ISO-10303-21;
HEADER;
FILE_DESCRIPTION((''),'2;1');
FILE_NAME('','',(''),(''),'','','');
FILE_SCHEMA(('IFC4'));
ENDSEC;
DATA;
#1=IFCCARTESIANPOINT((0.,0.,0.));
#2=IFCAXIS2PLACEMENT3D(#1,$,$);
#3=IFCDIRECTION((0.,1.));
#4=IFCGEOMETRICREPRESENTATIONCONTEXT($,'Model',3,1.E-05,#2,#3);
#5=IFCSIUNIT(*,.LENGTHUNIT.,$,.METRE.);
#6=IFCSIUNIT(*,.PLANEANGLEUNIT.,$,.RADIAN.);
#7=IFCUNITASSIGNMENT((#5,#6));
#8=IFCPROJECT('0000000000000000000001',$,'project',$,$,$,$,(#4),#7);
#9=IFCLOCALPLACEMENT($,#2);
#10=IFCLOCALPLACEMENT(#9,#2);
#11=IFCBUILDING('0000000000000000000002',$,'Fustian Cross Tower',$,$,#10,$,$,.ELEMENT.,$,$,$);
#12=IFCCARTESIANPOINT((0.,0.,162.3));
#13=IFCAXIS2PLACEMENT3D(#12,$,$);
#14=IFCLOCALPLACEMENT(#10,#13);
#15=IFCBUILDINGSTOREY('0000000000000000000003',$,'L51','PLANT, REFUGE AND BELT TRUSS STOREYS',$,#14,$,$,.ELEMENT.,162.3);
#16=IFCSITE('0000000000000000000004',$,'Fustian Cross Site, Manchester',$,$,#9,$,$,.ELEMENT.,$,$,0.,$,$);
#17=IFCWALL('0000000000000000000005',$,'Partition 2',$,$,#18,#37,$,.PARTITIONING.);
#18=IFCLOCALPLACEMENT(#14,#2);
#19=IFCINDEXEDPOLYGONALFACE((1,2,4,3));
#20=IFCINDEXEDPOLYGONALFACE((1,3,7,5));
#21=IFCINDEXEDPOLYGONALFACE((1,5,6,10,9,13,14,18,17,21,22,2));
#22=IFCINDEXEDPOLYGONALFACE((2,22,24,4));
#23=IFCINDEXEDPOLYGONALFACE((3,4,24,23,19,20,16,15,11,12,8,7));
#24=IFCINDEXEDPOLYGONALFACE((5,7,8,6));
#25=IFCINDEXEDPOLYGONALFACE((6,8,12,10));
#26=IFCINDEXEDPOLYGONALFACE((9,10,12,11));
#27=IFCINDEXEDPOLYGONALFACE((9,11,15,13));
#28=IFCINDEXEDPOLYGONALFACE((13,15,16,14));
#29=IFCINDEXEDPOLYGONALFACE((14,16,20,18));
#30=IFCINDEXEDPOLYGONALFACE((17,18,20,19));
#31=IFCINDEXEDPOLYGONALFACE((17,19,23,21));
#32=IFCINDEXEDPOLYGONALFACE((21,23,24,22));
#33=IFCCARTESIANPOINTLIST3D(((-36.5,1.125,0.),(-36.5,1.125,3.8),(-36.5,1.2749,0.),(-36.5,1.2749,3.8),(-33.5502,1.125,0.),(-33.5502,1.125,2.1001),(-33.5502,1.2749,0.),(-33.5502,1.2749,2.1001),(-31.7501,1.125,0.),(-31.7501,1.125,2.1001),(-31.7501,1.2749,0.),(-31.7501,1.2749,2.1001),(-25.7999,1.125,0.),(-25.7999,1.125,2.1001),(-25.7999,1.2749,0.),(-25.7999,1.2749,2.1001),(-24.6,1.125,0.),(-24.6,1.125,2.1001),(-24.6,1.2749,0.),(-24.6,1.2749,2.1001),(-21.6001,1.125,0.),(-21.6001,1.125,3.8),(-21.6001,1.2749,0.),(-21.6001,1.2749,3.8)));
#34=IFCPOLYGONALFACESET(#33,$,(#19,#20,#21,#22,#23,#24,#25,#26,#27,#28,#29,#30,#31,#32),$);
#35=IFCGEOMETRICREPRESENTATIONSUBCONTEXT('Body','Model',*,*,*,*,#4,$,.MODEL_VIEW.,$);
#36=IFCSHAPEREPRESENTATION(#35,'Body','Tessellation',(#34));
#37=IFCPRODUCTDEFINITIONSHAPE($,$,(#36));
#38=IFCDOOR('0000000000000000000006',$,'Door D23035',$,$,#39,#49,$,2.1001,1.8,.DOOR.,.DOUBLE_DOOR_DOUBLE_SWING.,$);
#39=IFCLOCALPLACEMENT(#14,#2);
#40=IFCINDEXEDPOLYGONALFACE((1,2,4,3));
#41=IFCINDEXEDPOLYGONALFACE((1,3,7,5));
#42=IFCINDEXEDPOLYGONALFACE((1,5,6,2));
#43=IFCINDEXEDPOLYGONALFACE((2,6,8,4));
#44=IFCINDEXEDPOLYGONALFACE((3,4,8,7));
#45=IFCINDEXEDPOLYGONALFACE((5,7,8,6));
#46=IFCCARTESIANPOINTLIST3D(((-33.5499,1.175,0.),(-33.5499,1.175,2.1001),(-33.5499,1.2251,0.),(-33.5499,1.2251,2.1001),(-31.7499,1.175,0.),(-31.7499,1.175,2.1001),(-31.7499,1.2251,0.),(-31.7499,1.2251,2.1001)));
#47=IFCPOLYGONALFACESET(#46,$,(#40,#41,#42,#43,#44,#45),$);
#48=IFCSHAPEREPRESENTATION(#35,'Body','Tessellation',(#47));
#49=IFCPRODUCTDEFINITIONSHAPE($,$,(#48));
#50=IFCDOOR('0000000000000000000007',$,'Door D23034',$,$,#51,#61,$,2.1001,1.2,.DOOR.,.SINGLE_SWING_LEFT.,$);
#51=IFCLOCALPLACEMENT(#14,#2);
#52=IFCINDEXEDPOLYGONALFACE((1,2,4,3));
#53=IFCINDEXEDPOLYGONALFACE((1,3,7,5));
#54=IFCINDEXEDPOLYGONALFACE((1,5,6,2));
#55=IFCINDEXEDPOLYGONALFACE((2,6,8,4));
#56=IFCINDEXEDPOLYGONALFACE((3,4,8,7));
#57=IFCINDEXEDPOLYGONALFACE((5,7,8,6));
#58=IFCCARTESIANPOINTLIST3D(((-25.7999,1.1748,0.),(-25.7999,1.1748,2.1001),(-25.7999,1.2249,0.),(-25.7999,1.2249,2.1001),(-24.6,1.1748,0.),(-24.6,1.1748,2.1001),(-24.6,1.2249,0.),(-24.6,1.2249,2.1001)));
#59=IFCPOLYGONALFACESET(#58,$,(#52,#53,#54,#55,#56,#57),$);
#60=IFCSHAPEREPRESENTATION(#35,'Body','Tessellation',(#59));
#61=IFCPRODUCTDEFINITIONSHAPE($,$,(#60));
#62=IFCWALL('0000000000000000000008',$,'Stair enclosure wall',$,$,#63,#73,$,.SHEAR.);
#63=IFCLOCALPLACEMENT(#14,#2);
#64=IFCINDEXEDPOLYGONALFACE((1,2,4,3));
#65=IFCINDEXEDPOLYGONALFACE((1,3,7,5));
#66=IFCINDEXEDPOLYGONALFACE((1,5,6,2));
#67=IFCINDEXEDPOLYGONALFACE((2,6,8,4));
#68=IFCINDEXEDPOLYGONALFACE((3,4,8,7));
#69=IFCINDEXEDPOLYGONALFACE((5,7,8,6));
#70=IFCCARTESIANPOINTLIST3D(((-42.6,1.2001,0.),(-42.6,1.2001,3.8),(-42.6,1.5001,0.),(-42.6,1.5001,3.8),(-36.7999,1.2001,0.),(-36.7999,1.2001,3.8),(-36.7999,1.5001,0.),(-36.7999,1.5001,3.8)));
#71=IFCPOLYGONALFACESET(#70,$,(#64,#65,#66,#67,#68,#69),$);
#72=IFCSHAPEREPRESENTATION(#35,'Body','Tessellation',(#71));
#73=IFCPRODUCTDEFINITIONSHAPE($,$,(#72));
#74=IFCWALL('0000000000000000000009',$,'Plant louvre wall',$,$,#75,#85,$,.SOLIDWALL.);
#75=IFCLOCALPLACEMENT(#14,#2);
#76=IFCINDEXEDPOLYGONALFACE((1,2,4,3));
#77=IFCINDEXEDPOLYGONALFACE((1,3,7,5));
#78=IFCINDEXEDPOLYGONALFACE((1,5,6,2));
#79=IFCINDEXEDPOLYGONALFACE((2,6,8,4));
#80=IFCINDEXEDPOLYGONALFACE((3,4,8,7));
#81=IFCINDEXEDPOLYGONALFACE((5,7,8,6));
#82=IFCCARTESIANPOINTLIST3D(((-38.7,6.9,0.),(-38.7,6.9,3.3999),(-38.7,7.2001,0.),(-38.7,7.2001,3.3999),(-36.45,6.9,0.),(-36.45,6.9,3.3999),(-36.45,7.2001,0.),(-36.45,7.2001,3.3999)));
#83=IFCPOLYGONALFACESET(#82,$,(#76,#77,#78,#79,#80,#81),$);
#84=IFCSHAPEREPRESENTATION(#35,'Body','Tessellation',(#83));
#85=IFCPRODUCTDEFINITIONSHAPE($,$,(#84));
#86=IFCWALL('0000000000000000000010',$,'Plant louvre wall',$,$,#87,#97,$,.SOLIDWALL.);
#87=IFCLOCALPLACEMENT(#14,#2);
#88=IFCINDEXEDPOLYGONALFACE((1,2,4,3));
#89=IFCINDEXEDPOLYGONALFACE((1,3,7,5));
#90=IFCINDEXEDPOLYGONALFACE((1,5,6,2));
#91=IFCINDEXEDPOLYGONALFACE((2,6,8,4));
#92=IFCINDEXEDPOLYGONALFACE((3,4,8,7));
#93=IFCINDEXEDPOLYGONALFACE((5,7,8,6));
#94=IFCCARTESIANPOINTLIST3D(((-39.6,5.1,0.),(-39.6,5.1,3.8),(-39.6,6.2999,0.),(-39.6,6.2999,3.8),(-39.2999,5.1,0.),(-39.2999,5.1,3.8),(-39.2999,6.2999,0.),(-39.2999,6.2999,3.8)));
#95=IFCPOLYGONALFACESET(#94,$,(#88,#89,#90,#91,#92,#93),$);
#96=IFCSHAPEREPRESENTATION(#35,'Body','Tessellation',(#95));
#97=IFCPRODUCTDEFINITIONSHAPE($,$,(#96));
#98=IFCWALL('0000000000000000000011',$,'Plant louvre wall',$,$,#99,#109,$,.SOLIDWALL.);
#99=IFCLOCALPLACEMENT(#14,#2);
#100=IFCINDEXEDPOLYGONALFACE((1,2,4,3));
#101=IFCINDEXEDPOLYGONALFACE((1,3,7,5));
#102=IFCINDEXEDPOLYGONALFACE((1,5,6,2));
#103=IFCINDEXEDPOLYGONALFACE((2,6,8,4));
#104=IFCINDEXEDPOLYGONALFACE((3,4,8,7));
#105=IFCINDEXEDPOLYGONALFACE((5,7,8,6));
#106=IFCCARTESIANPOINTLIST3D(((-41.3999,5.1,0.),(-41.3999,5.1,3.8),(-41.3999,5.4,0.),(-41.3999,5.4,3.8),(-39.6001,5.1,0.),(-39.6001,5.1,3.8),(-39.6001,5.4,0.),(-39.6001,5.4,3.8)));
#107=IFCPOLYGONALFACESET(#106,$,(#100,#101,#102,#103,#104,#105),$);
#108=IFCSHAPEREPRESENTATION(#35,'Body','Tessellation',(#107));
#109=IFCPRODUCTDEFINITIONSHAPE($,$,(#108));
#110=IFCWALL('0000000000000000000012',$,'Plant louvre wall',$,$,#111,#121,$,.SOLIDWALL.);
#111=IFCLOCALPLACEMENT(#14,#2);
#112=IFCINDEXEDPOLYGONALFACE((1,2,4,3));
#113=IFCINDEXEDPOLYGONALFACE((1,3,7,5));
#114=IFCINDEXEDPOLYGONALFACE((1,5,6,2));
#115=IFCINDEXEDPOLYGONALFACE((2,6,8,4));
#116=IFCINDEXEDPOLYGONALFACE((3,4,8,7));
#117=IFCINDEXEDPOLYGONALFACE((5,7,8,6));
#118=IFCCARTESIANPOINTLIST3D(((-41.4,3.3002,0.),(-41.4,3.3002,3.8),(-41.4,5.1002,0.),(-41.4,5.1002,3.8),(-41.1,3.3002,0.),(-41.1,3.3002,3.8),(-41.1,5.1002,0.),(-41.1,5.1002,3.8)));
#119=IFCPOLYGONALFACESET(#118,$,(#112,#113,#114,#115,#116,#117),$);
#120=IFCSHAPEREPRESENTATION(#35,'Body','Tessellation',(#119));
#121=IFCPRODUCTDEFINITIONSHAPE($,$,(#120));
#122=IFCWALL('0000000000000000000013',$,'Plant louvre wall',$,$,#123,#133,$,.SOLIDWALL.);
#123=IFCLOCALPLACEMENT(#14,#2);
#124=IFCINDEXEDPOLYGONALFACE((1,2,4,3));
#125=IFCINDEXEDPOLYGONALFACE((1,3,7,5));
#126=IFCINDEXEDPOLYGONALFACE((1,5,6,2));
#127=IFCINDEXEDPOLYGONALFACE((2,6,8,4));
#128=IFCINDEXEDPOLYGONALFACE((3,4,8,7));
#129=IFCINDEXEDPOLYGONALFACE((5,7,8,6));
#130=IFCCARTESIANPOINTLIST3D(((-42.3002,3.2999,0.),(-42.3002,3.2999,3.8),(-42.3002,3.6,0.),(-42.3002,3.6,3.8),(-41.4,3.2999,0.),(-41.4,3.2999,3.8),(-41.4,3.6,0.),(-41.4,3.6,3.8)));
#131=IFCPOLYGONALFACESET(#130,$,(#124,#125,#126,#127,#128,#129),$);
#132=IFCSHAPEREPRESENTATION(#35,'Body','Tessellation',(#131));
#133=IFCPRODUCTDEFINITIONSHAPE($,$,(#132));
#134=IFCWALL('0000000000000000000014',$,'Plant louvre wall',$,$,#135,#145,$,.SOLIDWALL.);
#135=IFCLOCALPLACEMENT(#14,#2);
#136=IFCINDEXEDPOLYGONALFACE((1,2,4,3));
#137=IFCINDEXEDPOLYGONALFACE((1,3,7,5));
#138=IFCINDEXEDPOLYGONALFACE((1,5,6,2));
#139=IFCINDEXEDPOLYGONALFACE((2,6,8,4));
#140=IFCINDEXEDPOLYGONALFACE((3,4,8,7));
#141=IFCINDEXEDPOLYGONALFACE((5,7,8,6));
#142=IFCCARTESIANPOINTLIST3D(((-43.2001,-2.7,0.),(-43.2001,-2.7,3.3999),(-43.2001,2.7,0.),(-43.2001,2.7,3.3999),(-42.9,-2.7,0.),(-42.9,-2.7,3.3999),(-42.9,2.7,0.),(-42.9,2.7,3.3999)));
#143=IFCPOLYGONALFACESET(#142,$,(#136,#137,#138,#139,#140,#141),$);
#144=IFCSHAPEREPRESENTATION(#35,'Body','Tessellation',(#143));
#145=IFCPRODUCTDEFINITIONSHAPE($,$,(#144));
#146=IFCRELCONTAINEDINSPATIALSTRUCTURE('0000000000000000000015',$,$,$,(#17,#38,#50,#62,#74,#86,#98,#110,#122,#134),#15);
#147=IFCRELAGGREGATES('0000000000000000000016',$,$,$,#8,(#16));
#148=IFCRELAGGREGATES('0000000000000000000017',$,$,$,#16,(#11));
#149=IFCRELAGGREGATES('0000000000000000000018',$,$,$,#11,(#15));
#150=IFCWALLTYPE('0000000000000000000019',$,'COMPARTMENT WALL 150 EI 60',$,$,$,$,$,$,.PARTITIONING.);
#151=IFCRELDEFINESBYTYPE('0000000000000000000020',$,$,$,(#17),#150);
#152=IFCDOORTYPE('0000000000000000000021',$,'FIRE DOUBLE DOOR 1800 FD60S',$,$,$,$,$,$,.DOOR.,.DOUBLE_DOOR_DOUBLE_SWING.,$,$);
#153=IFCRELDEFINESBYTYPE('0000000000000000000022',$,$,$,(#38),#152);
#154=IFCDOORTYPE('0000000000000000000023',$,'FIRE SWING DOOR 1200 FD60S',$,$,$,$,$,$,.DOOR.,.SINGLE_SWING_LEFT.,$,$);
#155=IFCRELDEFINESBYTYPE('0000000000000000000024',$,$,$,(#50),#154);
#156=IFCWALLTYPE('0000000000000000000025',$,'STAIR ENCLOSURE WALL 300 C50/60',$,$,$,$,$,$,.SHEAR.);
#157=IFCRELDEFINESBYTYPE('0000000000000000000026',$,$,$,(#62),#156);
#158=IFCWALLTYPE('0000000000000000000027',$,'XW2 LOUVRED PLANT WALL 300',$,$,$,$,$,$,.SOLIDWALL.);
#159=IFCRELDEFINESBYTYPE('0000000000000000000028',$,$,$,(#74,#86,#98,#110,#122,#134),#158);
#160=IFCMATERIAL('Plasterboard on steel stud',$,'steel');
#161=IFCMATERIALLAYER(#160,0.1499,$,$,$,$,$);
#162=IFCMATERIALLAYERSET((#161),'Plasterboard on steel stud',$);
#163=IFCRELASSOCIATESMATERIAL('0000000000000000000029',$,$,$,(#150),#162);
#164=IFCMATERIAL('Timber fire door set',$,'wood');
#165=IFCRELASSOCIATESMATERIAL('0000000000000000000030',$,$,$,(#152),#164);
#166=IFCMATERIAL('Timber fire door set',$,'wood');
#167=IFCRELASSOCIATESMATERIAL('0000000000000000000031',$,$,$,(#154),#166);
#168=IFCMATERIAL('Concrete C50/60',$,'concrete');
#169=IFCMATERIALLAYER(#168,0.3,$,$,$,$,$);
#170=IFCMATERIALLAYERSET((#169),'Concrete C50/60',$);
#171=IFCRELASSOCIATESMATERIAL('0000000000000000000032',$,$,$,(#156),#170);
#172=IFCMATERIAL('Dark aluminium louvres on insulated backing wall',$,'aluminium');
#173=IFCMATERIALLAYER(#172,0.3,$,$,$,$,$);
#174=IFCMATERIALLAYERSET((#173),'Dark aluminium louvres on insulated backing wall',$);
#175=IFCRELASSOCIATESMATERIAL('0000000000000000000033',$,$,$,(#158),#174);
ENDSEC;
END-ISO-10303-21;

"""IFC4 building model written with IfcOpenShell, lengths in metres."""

from ifc_helpers import new_model, si_unit, direction, frame, frame_2d, origin, place, context, subcontext, project, spatial, rectangle, extrude, material, layer, layer_set, type_object, element, fill, save


model = new_model("IFC4")

# Units and contexts
model_context = context("Model", 3, precision=1e-05, world=origin(), true_north=direction((0.0, 1.0)))
body_context = subcontext(model_context, "Body", "Model", "MODEL_VIEW")
ifc_project = project(units=[si_unit("LENGTHUNIT", "METRE"), si_unit("PLANEANGLEUNIT", "RADIAN")], contexts=[model_context])

# Site, building, storey
site_placement = place(None, origin())
site = spatial("IfcSite", under=ifc_project, at=site_placement, Name="Fustian Cross Site, Manchester", CompositionType="ELEMENT", RefElevation=0.0)
building_placement = place(site_placement, origin())
building = spatial("IfcBuilding", under=site, at=building_placement, Name="Fustian Cross Tower", CompositionType="ELEMENT")
storey_placement = place(building_placement, frame((0.0, 0.0, 162.3)))
storey = spatial("IfcBuildingStorey", under=building, at=storey_placement, Name="L51", Description="PLANT, REFUGE AND BELT TRUSS STOREYS", CompositionType="ELEMENT", Elevation=162.3)

# Wall, openings, doors
ifc_material_1 = material(Name="Plasterboard on steel stud", Category="steel")
ifc_layer_1 = layer(ifc_material_1, 0.1499)
ifc_layer_set_1 = layer_set([ifc_layer_1], Name="Plasterboard on steel stud")
wall_type_1 = type_object("IfcWallType", Name="COMPARTMENT WALL 150 EI 60", PredefinedType="PARTITIONING", material=ifc_layer_set_1)
wall_1_placement = place(storey_placement, frame((-36.5, 1.2, 0.0), z_axis=(0.0, 0.0, 1.0), x_axis=(1.0, 0.0, 0.0)))
wall_1 = element("IfcWall", 1, at=wall_1_placement, inside=storey, type_object=wall_type_1, Name="Partition 2", PredefinedType="PARTITIONING", context=body_context, shape_type="SweptSolid", body=[
    extrude(rectangle(XDim=14.8999, YDim=0.1499, at=frame_2d((7.45, 0.0))), origin(), (0.0, 0.0, 1.0), 3.8),
])
opening_1_placement = place(wall_1_placement, frame((10.7, 0.0, 0.0)))
opening_1 = element("IfcOpeningElement", 2, at=opening_1_placement, cuts=wall_1, PredefinedType="OPENING", context=body_context, shape_type="SweptSolid", body=[
    extrude(rectangle(XDim=1.2, YDim=2.1001, at=frame_2d((0.6001, 1.05))), frame((0.0, 0.085, 0.0), z_axis=(0.0, -1.0, 0.0), x_axis=(1.0, 0.0, 0.0)), (0.0, 0.0, 1.0), 0.1699),
])
opening_2_placement = place(wall_1_placement, frame((2.95, 0.0, 0.0)))
opening_2 = element("IfcOpeningElement", 3, at=opening_2_placement, cuts=wall_1, PredefinedType="OPENING", context=body_context, shape_type="SweptSolid", body=[
    extrude(rectangle(XDim=1.8, YDim=2.1001, at=frame_2d((0.8999, 1.05))), frame((0.0, 0.085, 0.0), z_axis=(0.0, -1.0, 0.0), x_axis=(1.0, 0.0, 0.0)), (0.0, 0.0, 1.0), 0.1699),
])
ifc_material_2 = material(Name="Timber fire door set", Category="wood")
door_type_1 = type_object("IfcDoorType", Name="FIRE DOUBLE DOOR 1800 FD60S", OperationType="DOUBLE_DOOR_DOUBLE_SWING", PredefinedType="DOOR", material=ifc_material_2)
door_1_placement = place(opening_2_placement, frame((1.8, 0.0, 0.0), z_axis=(0.0, 0.0, 1.0), x_axis=(-1.0, 0.0, 0.0)))
door_1 = element("IfcDoor", 4, at=door_1_placement, inside=storey, type_object=door_type_1, Name="Door D23035", OperationType="DOUBLE_DOOR_DOUBLE_SWING", OverallHeight=2.1001, OverallWidth=1.8, PredefinedType="DOOR", context=body_context, shape_type="SweptSolid", body=[
    extrude(rectangle(XDim=1.8, YDim=2.1001, at=frame_2d((0.8999, 1.05))), frame((0.0, 0.0249, 0.0), z_axis=(0.0, -1.0, 0.0), x_axis=(1.0, 0.0, 0.0)), (0.0, 0.0, 1.0), 0.05),
])
fill(opening_2, door_1)
ifc_material_3 = material(Name="Timber fire door set", Category="wood")
door_type_2 = type_object("IfcDoorType", Name="FIRE SWING DOOR 1200 FD60S", OperationType="SINGLE_SWING_LEFT", PredefinedType="DOOR", material=ifc_material_3)
door_2_placement = place(opening_1_placement, origin())
door_2 = element("IfcDoor", 5, at=door_2_placement, inside=storey, type_object=door_type_2, Name="Door D23034", OperationType="SINGLE_SWING_LEFT", OverallHeight=2.1001, OverallWidth=1.2, PredefinedType="DOOR", context=body_context, shape_type="SweptSolid", body=[
    extrude(rectangle(XDim=1.2, YDim=2.1001, at=frame_2d((0.6001, 1.05))), frame((0.0, 0.0249, 0.0), z_axis=(0.0, -1.0, 0.0), x_axis=(1.0, 0.0, 0.0)), (0.0, 0.0, 1.0), 0.05),
])
fill(opening_1, door_2)

# Walls
ifc_material_4 = material(Name="Concrete C50/60", Category="concrete")
ifc_layer_2 = layer(ifc_material_4, 0.3)
ifc_layer_set_2 = layer_set([ifc_layer_2], Name="Concrete C50/60")
wall_type_2 = type_object("IfcWallType", Name="STAIR ENCLOSURE WALL 300 C50/60", PredefinedType="SHEAR", material=ifc_layer_set_2)
wall_2_placement = place(storey_placement, frame((-36.8, 1.3501, 0.0), z_axis=(0.0, 0.0, 1.0), x_axis=(-1.0, 0.0, 0.0)))
element("IfcWall", 6, at=wall_2_placement, inside=storey, type_object=wall_type_2, Name="Stair enclosure wall", PredefinedType="SHEAR", context=body_context, shape_type="SweptSolid", body=[
    extrude(rectangle(XDim=5.8, YDim=0.3, at=frame_2d((2.8999, 0.0))), origin(), (0.0, 0.0, 1.0), 3.8),
])
ifc_material_5 = material(Name="Dark aluminium louvres on insulated backing wall", Category="aluminium")
ifc_layer_3 = layer(ifc_material_5, 0.3)
ifc_layer_set_3 = layer_set([ifc_layer_3], Name="Dark aluminium louvres on insulated backing wall")
wall_type_3 = type_object("IfcWallType", Name="XW2 LOUVRED PLANT WALL 300", PredefinedType="SOLIDWALL", material=ifc_layer_set_3)
wall_3_placement = place(storey_placement, frame((-36.45, 7.05, 0.0), z_axis=(0.0, 0.0, 1.0), x_axis=(-1.0, 0.0, 0.0)))
element("IfcWall", 7, at=wall_3_placement, inside=storey, type_object=wall_type_3, Name="Plant louvre wall", PredefinedType="SOLIDWALL", context=body_context, shape_type="SweptSolid", body=[
    extrude(rectangle(XDim=2.25, YDim=0.3, at=frame_2d((1.125, 0.0))), origin(), (0.0, 0.0, 1.0), 3.3999),
])
wall_4_placement = place(storey_placement, frame((-39.45, 6.3, 0.0), z_axis=(0.0, 0.0, 1.0), x_axis=(0.0, -1.0, 0.0)))
element("IfcWall", 8, at=wall_4_placement, inside=storey, type_object=wall_type_3, Name="Plant louvre wall", PredefinedType="SOLIDWALL", context=body_context, shape_type="SweptSolid", body=[
    extrude(rectangle(XDim=1.2, YDim=0.3, at=frame_2d((0.6001, 0.0))), origin(), (0.0, 0.0, 1.0), 3.8),
])
wall_5_placement = place(storey_placement, frame((-39.6001, 5.25, 0.0), z_axis=(0.0, 0.0, 1.0), x_axis=(-1.0, 0.0, 0.0)))
element("IfcWall", 9, at=wall_5_placement, inside=storey, type_object=wall_type_3, Name="Plant louvre wall", PredefinedType="SOLIDWALL", context=body_context, shape_type="SweptSolid", body=[
    extrude(rectangle(XDim=1.7998, YDim=0.3, at=frame_2d((0.8999, 0.0))), origin(), (0.0, 0.0, 1.0), 3.8),
])
wall_6_placement = place(storey_placement, frame((-41.25, 5.1001, 0.0), z_axis=(0.0, 0.0, 1.0), x_axis=(0.0, -1.0, 0.0)))
element("IfcWall", 10, at=wall_6_placement, inside=storey, type_object=wall_type_3, Name="Plant louvre wall", PredefinedType="SOLIDWALL", context=body_context, shape_type="SweptSolid", body=[
    extrude(rectangle(XDim=1.8, YDim=0.3, at=frame_2d((0.8999, 0.0))), origin(), (0.0, 0.0, 1.0), 3.8),
])
wall_7_placement = place(storey_placement, frame((-41.3999, 3.45, 0.0), z_axis=(0.0, 0.0, 1.0), x_axis=(-1.0, 0.0, 0.0)))
element("IfcWall", 11, at=wall_7_placement, inside=storey, type_object=wall_type_3, Name="Plant louvre wall", PredefinedType="SOLIDWALL", context=body_context, shape_type="SweptSolid", body=[
    extrude(rectangle(XDim=0.9001, YDim=0.3, at=frame_2d((0.4502, 0.0))), origin(), (0.0, 0.0, 1.0), 3.8),
])
wall_8_placement = place(storey_placement, frame((-43.05, 2.7, 0.0), z_axis=(0.0, 0.0, 1.0), x_axis=(0.0, -1.0, 0.0)))
element("IfcWall", 12, at=wall_8_placement, inside=storey, type_object=wall_type_3, Name="Plant louvre wall", PredefinedType="SOLIDWALL", context=body_context, shape_type="SweptSolid", body=[
    extrude(rectangle(XDim=5.3999, YDim=0.3, at=frame_2d((2.7, 0.0))), origin(), (0.0, 0.0, 1.0), 3.3999),
])

save(model, "model.ifc")
